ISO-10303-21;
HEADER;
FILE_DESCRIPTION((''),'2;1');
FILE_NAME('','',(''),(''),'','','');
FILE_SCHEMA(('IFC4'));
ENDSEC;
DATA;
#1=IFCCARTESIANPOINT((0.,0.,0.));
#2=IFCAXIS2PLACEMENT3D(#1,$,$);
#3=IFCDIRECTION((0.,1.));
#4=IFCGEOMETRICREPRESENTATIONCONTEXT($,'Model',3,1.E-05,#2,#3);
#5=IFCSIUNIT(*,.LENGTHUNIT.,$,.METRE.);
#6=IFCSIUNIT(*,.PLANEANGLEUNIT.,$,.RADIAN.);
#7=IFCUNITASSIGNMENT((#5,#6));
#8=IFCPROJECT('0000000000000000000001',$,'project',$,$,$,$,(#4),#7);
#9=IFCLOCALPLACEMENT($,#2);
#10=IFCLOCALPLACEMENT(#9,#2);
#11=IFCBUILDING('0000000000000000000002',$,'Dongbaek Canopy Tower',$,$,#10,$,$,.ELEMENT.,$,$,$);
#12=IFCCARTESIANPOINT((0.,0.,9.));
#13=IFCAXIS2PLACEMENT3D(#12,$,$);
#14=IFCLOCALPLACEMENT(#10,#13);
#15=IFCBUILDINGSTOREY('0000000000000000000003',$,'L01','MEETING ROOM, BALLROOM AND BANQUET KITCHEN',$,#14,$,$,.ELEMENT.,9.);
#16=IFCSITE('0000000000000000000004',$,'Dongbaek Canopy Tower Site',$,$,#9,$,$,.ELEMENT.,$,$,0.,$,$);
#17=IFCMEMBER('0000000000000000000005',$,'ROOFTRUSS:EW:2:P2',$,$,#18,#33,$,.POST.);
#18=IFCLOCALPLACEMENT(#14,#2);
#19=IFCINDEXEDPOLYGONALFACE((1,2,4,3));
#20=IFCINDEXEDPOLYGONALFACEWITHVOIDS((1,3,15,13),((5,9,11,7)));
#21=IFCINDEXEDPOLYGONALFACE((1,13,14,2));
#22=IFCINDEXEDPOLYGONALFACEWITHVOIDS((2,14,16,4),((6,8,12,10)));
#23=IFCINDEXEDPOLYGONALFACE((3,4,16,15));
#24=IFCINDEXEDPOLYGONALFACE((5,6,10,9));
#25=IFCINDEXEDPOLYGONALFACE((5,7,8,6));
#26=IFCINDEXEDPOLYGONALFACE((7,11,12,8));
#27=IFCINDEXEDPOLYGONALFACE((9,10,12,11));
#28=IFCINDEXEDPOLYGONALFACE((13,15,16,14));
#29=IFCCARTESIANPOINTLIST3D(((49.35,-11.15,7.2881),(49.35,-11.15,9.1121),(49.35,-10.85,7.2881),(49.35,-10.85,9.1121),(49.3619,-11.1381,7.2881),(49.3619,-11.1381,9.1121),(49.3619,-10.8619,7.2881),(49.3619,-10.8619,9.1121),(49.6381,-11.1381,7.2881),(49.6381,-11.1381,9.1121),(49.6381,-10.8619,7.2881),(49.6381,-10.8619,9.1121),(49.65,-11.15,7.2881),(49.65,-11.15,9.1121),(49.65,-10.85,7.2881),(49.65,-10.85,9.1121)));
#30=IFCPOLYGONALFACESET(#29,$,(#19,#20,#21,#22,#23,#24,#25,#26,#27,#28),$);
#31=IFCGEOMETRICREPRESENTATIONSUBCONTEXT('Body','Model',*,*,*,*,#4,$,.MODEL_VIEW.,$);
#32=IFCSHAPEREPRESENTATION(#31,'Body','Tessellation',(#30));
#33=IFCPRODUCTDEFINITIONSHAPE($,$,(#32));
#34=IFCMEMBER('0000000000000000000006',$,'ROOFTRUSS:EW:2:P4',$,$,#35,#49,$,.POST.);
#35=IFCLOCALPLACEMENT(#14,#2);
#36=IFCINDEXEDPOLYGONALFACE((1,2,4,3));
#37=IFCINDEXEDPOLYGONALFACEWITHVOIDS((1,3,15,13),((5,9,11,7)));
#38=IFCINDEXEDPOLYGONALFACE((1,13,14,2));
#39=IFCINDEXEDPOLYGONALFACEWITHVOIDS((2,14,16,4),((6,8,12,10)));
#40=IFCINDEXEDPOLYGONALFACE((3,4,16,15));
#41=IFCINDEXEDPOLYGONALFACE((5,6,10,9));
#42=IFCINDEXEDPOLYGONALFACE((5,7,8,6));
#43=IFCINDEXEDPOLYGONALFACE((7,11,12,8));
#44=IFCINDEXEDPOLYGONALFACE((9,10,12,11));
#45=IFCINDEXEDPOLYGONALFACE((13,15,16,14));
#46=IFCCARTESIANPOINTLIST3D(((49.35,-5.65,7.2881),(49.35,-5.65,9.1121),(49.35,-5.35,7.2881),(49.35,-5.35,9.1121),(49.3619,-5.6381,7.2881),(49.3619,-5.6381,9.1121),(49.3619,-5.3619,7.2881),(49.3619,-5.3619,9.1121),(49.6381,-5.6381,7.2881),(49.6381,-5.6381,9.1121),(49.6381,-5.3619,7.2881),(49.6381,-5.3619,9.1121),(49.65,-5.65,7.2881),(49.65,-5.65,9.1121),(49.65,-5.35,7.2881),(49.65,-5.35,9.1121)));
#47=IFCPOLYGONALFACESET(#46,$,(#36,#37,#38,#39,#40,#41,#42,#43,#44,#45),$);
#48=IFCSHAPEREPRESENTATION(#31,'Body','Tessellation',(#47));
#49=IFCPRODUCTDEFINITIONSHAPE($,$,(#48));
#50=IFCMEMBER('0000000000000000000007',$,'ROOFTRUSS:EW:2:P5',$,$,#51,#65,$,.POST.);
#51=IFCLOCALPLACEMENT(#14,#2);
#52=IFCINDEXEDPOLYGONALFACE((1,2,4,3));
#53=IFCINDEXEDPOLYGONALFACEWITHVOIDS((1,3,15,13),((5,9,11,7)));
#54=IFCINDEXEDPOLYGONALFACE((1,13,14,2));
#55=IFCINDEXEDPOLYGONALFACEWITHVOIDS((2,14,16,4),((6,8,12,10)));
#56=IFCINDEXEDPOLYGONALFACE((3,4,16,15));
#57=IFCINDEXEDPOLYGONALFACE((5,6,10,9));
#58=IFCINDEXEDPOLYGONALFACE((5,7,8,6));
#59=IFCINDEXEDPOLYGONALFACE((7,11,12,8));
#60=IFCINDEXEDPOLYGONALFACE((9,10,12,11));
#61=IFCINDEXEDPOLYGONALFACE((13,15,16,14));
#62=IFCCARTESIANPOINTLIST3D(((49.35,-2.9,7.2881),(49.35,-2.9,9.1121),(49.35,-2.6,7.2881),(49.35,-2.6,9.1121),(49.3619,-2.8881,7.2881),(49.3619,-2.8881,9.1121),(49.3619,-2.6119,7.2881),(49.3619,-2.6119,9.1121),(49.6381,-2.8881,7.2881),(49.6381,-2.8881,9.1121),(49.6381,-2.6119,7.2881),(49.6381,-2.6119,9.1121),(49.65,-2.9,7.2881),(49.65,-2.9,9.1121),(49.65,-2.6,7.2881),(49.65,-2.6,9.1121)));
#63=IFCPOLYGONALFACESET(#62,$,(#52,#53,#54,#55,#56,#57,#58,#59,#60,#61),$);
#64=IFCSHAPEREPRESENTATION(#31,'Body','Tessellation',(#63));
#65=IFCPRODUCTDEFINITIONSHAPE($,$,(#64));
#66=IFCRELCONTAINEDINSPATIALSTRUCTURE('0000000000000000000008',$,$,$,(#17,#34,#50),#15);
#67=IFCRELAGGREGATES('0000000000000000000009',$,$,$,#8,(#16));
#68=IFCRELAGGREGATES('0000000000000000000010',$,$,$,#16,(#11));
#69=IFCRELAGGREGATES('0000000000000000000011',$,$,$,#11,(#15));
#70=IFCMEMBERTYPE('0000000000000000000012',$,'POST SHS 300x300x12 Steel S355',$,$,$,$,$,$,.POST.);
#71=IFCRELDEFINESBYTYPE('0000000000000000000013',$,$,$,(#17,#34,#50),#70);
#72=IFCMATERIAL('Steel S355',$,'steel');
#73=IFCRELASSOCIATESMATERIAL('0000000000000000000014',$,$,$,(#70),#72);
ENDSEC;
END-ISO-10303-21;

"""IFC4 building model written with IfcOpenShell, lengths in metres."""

from ifc_helpers import new_model, si_unit, direction, frame, origin, origin_2d, place, context, subcontext, project, spatial, hollow_rectangle, extrude, material, material_profile, profile_set, type_object, element, save


model = new_model("IFC4")

# Units and contexts
model_context = context("Model", 3, precision=1e-05, world=origin(), true_north=direction((0.0, 1.0)))
body_context = subcontext(model_context, "Body", "Model", "MODEL_VIEW")
ifc_project = project(units=[si_unit("LENGTHUNIT", "METRE"), si_unit("PLANEANGLEUNIT", "RADIAN")], contexts=[model_context])

# Site, building, storey
site_placement = place(None, origin())
site = spatial("IfcSite", under=ifc_project, at=site_placement, Name="Dongbaek Canopy Tower Site", CompositionType="ELEMENT", RefElevation=0.0)
building_placement = place(site_placement, origin())
building = spatial("IfcBuilding", under=site, at=building_placement, Name="Dongbaek Canopy Tower", CompositionType="ELEMENT")
storey_placement = place(building_placement, frame((0.0, 0.0, 9.0)))
storey = spatial("IfcBuildingStorey", under=building, at=storey_placement, Name="L01", Description="MEETING ROOM, BALLROOM AND BANQUET KITCHEN", CompositionType="ELEMENT", Elevation=9.0)

# Members
ifc_material_1 = material(Name="Steel S355", Category="steel")
ifc_material_profile_1 = material_profile(ifc_material_1, hollow_rectangle(XDim=0.3, YDim=0.3, WallThickness=0.012, at=origin_2d()), Name="POST SHS 300x300x12 Steel S355")
ifc_profile_set_1 = profile_set([ifc_material_profile_1], Name="Steel S355")
member_type_1 = type_object("IfcMemberType", Name="POST SHS 300x300x12 Steel S355", PredefinedType="POST", material=ifc_profile_set_1)
for number, where, z_axis, x_axis, name in (
    (1, (49.5, -11.0, 7.2881), (0.0, 0.0, 1.0), (1.0, 0.0, 0.0), "ROOFTRUSS:EW:2:P2"),
    (2, (49.5, -5.5, 7.2881), (0.0, 0.0, 1.0), (1.0, 0.0, 0.0), "ROOFTRUSS:EW:2:P4"),
    (3, (49.5, -2.75, 7.2881), (0.0, 0.0, 1.0), (1.0, 0.0, 0.0), "ROOFTRUSS:EW:2:P5"),
):
    element("IfcMember", number, at=place(storey_placement, frame(where, z_axis=z_axis, x_axis=x_axis)), inside=storey, type_object=member_type_1, Name=name, PredefinedType="POST", context=body_context, shape_type="SweptSolid", body=[
        extrude(hollow_rectangle(XDim=0.3, YDim=0.3, WallThickness=0.012, at=origin_2d()), origin(), (0.0, 0.0, 1.0), 1.824),
    ])

save(model, "model.ifc")
